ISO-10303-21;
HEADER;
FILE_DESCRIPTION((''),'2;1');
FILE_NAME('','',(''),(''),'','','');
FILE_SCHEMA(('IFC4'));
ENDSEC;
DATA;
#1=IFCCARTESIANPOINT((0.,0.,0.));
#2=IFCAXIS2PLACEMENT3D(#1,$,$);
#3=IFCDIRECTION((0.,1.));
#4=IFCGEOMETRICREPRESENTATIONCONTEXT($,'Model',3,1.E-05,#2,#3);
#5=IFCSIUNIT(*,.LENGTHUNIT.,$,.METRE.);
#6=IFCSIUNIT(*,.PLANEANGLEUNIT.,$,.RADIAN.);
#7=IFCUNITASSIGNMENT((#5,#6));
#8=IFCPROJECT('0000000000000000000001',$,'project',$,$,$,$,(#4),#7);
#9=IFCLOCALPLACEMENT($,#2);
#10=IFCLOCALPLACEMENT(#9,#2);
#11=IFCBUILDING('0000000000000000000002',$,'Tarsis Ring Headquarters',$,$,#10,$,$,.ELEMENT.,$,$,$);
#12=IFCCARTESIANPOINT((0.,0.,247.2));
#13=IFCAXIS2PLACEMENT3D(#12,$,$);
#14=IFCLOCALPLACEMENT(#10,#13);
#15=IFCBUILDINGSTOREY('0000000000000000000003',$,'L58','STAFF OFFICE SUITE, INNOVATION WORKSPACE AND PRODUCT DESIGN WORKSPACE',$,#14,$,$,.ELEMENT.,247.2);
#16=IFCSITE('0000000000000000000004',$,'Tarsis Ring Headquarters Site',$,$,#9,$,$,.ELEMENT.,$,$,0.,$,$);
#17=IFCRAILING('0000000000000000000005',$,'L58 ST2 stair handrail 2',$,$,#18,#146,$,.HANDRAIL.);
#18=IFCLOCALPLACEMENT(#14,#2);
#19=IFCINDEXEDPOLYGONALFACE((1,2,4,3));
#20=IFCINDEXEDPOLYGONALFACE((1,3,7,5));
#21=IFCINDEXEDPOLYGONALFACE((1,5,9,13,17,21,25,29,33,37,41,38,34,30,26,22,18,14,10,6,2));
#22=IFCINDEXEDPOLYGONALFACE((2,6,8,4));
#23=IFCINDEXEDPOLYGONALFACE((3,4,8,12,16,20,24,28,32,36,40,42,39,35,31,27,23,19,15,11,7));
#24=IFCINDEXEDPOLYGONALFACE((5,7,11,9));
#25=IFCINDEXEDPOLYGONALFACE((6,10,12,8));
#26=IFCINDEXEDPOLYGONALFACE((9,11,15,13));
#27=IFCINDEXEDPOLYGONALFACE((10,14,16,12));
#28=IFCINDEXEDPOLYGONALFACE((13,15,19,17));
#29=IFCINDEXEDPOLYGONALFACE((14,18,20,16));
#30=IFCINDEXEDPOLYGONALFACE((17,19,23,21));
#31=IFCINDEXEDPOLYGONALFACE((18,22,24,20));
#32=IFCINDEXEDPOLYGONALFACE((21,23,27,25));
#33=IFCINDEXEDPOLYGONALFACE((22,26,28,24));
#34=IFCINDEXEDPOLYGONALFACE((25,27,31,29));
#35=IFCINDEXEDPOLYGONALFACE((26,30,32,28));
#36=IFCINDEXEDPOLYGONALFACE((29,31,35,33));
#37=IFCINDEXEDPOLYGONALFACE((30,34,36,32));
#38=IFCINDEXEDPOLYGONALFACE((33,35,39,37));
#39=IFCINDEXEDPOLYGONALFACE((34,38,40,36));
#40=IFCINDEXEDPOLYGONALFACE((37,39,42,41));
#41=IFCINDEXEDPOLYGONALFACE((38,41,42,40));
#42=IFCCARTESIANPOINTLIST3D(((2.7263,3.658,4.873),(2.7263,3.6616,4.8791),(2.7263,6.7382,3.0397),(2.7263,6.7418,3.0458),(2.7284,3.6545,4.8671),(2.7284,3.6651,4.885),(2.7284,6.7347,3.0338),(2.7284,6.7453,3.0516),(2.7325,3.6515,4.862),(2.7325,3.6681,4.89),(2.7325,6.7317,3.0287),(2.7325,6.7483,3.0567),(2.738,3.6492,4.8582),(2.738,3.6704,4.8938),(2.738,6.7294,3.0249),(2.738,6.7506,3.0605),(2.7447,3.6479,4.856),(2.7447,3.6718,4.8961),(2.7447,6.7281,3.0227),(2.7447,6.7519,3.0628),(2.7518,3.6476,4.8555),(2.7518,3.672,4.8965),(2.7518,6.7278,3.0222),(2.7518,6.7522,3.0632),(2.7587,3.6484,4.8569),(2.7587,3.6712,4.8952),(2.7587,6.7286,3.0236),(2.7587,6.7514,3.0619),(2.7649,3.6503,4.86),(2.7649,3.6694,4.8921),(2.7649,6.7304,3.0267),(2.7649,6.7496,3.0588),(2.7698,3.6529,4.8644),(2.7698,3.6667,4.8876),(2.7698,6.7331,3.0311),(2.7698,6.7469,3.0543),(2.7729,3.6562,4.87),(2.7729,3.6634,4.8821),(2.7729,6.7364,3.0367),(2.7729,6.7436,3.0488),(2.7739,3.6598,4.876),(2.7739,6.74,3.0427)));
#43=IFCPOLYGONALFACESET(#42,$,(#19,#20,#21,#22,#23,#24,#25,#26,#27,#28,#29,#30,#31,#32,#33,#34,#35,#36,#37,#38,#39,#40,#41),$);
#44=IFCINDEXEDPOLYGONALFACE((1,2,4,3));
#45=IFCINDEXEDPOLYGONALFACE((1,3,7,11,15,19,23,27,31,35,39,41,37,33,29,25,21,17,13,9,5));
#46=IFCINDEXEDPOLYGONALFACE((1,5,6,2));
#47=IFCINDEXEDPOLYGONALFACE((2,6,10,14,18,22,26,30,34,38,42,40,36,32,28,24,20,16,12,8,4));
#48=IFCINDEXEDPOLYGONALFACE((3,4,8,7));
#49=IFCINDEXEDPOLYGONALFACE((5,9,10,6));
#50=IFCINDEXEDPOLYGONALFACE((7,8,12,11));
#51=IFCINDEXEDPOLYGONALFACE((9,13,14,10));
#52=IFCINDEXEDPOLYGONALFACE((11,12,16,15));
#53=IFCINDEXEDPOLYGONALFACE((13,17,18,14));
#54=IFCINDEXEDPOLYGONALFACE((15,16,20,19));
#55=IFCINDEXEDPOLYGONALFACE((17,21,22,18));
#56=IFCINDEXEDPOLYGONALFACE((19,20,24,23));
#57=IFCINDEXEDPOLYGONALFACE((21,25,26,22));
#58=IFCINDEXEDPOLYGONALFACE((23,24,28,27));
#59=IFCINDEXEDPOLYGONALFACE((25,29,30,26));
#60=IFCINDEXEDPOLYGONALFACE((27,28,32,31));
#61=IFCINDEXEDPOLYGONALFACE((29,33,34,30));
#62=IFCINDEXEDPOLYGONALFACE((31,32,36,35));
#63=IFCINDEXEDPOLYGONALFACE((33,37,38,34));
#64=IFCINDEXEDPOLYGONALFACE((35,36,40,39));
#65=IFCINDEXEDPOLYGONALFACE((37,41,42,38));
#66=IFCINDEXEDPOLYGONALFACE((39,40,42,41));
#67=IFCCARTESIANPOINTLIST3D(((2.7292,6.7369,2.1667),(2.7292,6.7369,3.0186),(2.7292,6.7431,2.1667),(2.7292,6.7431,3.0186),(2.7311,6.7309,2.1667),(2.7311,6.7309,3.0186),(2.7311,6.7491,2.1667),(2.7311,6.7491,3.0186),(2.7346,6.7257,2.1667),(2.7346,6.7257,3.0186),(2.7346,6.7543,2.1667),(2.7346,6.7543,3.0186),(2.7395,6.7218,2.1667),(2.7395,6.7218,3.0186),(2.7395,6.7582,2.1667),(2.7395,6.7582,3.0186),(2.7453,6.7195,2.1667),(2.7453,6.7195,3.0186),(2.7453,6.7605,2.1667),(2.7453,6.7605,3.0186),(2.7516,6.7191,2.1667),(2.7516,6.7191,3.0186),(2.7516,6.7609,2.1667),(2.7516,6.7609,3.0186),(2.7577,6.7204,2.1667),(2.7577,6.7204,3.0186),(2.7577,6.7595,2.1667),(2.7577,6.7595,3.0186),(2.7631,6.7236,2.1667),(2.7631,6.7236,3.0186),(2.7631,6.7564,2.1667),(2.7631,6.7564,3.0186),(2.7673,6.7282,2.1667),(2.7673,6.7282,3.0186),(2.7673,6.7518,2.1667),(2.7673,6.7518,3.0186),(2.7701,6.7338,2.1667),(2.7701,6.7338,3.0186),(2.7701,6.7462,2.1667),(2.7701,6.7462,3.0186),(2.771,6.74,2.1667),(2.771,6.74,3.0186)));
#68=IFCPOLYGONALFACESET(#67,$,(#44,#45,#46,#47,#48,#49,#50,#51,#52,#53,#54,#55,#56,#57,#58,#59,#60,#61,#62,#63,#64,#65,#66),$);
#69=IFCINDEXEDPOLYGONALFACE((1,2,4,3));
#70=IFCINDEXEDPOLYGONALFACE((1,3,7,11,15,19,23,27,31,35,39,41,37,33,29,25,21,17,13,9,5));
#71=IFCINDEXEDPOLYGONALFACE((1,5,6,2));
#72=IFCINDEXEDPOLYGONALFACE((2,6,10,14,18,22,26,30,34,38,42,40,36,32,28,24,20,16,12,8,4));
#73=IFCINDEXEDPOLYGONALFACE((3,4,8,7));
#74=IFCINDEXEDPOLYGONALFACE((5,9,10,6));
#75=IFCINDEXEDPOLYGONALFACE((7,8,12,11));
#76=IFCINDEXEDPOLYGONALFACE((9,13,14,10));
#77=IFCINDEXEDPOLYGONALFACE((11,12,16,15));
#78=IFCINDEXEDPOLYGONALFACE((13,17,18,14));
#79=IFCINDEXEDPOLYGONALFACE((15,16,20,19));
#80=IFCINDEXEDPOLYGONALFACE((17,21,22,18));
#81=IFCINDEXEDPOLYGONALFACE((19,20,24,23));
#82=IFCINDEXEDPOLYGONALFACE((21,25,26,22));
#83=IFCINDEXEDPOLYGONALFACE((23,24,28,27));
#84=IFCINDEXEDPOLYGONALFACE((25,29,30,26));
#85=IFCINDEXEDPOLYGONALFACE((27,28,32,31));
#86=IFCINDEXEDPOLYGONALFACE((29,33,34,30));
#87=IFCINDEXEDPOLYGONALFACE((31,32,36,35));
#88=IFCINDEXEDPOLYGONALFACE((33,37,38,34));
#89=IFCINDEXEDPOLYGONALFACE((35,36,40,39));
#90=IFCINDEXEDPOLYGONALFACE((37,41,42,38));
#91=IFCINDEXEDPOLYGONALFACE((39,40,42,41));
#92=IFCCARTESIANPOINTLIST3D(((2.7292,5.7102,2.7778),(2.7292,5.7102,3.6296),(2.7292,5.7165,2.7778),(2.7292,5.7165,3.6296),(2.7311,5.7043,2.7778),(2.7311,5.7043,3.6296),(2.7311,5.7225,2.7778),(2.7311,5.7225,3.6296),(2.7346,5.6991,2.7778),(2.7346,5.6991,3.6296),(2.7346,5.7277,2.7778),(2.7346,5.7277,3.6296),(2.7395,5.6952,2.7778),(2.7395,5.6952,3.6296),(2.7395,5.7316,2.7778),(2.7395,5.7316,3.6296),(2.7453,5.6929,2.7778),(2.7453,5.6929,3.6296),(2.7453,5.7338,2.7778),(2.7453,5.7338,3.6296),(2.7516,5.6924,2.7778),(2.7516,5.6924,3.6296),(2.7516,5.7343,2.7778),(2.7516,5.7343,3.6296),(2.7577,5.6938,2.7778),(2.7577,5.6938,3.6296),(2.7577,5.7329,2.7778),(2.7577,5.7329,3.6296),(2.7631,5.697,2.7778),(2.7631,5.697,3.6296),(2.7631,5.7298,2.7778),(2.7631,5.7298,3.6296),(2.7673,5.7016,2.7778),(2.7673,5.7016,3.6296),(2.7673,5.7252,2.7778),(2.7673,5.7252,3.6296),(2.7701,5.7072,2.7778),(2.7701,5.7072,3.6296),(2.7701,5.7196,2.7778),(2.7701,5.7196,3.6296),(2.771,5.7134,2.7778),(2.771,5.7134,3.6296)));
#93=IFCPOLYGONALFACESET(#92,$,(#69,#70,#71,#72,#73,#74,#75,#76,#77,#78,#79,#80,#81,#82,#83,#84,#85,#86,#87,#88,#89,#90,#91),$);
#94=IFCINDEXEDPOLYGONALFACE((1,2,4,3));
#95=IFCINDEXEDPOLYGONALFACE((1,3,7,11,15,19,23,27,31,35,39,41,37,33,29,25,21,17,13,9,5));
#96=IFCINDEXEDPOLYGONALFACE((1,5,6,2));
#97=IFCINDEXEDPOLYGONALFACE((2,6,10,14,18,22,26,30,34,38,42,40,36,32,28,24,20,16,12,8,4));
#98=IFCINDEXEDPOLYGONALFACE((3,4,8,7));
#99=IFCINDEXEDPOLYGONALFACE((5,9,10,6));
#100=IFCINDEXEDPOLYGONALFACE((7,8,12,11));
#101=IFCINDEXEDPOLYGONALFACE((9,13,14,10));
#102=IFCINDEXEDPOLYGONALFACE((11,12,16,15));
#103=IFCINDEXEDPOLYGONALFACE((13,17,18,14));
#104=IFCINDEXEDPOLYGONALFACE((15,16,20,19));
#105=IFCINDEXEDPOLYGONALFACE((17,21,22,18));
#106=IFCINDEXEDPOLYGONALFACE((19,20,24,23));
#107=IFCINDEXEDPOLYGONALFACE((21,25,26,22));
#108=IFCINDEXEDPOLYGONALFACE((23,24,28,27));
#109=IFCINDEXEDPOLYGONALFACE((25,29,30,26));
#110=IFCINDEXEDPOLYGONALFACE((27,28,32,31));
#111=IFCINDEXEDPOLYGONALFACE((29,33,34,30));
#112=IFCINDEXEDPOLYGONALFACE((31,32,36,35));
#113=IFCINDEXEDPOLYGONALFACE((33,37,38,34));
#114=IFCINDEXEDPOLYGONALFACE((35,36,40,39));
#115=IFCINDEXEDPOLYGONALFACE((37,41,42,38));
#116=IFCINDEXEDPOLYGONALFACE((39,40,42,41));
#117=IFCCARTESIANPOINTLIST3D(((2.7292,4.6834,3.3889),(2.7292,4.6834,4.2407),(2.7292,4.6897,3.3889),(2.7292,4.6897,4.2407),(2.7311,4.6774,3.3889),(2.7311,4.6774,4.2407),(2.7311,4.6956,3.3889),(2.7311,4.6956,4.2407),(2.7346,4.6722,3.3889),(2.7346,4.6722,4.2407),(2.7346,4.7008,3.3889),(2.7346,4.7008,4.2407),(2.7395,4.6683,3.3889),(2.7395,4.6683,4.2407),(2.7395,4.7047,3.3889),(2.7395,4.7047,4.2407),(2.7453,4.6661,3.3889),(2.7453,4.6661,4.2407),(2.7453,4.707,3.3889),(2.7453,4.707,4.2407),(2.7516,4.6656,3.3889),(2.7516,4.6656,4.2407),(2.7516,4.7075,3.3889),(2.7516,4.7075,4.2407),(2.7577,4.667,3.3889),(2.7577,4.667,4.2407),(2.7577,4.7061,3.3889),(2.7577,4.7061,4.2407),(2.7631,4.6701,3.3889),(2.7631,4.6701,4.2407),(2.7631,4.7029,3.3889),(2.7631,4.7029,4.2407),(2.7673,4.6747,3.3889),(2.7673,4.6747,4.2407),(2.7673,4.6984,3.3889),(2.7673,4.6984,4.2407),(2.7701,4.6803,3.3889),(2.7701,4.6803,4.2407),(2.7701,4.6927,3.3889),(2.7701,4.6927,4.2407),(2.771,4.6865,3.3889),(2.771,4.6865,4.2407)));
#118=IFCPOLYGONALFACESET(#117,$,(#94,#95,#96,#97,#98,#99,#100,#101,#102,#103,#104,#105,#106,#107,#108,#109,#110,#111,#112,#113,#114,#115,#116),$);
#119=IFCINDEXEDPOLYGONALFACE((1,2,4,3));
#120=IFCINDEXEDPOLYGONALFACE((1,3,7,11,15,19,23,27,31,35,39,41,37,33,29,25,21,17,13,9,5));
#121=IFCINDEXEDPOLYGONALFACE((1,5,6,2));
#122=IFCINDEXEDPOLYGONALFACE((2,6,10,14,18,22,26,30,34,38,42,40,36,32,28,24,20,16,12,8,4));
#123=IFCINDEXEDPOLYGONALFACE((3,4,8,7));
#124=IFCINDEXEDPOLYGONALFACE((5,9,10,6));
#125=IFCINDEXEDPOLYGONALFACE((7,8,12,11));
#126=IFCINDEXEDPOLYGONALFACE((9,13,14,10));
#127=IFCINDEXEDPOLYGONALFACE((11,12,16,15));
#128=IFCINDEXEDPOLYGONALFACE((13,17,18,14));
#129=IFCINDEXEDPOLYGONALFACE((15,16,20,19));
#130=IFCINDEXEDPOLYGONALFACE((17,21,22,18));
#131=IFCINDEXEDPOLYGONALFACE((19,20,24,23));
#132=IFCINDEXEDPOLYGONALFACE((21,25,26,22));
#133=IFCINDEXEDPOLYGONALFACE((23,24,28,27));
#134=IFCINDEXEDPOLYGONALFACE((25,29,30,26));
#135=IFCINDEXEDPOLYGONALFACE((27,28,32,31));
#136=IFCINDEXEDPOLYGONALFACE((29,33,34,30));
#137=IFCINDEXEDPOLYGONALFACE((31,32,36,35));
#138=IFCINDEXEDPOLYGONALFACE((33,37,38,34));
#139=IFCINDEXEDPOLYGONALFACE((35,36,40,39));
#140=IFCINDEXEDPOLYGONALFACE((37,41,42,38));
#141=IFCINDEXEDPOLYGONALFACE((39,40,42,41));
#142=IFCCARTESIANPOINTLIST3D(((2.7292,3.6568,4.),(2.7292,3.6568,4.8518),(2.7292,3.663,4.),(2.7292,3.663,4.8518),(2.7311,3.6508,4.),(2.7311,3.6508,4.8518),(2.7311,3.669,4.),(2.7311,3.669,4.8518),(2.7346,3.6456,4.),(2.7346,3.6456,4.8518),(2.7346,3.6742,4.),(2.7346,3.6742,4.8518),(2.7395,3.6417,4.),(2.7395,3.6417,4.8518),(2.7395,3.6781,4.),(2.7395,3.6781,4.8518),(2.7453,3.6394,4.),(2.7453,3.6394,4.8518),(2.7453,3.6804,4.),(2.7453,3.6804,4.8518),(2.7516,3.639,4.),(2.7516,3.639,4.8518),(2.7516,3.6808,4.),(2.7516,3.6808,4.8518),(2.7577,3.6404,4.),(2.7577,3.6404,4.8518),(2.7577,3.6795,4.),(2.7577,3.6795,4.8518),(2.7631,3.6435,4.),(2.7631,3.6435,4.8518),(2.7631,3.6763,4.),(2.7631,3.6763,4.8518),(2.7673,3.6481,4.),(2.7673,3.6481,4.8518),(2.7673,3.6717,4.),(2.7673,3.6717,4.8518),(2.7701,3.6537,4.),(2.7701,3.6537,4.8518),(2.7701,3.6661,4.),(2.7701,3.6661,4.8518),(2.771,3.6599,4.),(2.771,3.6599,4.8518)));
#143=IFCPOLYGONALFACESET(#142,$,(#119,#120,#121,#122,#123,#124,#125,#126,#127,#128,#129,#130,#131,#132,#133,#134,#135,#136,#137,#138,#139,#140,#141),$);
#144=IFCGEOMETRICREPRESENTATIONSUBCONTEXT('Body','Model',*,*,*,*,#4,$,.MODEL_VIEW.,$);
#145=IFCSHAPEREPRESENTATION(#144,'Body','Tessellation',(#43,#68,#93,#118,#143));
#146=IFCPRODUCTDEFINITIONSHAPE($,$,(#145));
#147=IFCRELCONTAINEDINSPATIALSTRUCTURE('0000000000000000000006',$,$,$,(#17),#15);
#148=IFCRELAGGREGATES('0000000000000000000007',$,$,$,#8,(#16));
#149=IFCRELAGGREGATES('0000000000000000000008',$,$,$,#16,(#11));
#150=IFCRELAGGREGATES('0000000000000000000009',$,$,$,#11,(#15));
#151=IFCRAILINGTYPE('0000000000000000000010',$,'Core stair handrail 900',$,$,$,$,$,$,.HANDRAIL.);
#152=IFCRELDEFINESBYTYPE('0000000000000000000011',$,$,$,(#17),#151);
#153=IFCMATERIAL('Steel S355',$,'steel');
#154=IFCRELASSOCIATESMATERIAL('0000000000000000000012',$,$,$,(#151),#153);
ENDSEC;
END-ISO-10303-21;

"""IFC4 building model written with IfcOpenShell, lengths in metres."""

from ifc_helpers import new_model, si_unit, direction, frame, origin, origin_2d, place, context, subcontext, project, spatial, circle, extrude, material, type_object, element, save


model = new_model("IFC4")

# Units and contexts
model_context = context("Model", 3, precision=1e-05, world=origin(), true_north=direction((0.0, 1.0)))
body_context = subcontext(model_context, "Body", "Model", "MODEL_VIEW")
ifc_project = project(units=[si_unit("LENGTHUNIT", "METRE"), si_unit("PLANEANGLEUNIT", "RADIAN")], contexts=[model_context])

# Site, building, storey
site_placement = place(None, origin())
site = spatial("IfcSite", under=ifc_project, at=site_placement, Name="Tarsis Ring Headquarters Site", CompositionType="ELEMENT", RefElevation=0.0)
building_placement = place(site_placement, origin())
building = spatial("IfcBuilding", under=site, at=building_placement, Name="Tarsis Ring Headquarters", CompositionType="ELEMENT")
storey_placement = place(building_placement, frame((0.0, 0.0, 247.2)))
storey = spatial("IfcBuildingStorey", under=building, at=storey_placement, Name="L58", Description="STAFF OFFICE SUITE, INNOVATION WORKSPACE AND PRODUCT DESIGN WORKSPACE", CompositionType="ELEMENT", Elevation=247.2)

# Railing
ifc_material_1 = material(Name="Steel S355", Category="steel")
railing_type_1 = type_object("IfcRailingType", Name="Core stair handrail 900", PredefinedType="HANDRAIL", material=ifc_material_1)
railing_1_placement = place(storey_placement, frame((2.75, 6.74, 2.1667)))
element("IfcRailing", 1, at=railing_1_placement, inside=storey, type_object=railing_type_1, Name="L58 ST2 stair handrail 2", PredefinedType="HANDRAIL", context=body_context, shape_type="SweptSolid", body=[
    extrude(circle(Radius=0.0239, at=origin_2d()), frame((0.0, 0.0, 0.876), z_axis=(0.0, -0.859309, 0.511458), x_axis=(1.0, 0.0, 0.0)), (0.0, 0.0, 1.0), 3.5845),
    extrude(circle(Radius=0.021, at=origin_2d()), origin(), (0.0, 0.0, 1.0), 0.8518),
    extrude(circle(Radius=0.021, at=origin_2d()), frame((0.0, -1.0266, 0.6111)), (0.0, 0.0, 1.0), 0.8518),
    extrude(circle(Radius=0.021, at=origin_2d()), frame((0.0, -2.0535, 1.2222)), (0.0, 0.0, 1.0), 0.8518),
    extrude(circle(Radius=0.021, at=origin_2d()), frame((0.0, -3.0801, 1.8333)), (0.0, 0.0, 1.0), 0.8518),
])

save(model, "model.ifc")
